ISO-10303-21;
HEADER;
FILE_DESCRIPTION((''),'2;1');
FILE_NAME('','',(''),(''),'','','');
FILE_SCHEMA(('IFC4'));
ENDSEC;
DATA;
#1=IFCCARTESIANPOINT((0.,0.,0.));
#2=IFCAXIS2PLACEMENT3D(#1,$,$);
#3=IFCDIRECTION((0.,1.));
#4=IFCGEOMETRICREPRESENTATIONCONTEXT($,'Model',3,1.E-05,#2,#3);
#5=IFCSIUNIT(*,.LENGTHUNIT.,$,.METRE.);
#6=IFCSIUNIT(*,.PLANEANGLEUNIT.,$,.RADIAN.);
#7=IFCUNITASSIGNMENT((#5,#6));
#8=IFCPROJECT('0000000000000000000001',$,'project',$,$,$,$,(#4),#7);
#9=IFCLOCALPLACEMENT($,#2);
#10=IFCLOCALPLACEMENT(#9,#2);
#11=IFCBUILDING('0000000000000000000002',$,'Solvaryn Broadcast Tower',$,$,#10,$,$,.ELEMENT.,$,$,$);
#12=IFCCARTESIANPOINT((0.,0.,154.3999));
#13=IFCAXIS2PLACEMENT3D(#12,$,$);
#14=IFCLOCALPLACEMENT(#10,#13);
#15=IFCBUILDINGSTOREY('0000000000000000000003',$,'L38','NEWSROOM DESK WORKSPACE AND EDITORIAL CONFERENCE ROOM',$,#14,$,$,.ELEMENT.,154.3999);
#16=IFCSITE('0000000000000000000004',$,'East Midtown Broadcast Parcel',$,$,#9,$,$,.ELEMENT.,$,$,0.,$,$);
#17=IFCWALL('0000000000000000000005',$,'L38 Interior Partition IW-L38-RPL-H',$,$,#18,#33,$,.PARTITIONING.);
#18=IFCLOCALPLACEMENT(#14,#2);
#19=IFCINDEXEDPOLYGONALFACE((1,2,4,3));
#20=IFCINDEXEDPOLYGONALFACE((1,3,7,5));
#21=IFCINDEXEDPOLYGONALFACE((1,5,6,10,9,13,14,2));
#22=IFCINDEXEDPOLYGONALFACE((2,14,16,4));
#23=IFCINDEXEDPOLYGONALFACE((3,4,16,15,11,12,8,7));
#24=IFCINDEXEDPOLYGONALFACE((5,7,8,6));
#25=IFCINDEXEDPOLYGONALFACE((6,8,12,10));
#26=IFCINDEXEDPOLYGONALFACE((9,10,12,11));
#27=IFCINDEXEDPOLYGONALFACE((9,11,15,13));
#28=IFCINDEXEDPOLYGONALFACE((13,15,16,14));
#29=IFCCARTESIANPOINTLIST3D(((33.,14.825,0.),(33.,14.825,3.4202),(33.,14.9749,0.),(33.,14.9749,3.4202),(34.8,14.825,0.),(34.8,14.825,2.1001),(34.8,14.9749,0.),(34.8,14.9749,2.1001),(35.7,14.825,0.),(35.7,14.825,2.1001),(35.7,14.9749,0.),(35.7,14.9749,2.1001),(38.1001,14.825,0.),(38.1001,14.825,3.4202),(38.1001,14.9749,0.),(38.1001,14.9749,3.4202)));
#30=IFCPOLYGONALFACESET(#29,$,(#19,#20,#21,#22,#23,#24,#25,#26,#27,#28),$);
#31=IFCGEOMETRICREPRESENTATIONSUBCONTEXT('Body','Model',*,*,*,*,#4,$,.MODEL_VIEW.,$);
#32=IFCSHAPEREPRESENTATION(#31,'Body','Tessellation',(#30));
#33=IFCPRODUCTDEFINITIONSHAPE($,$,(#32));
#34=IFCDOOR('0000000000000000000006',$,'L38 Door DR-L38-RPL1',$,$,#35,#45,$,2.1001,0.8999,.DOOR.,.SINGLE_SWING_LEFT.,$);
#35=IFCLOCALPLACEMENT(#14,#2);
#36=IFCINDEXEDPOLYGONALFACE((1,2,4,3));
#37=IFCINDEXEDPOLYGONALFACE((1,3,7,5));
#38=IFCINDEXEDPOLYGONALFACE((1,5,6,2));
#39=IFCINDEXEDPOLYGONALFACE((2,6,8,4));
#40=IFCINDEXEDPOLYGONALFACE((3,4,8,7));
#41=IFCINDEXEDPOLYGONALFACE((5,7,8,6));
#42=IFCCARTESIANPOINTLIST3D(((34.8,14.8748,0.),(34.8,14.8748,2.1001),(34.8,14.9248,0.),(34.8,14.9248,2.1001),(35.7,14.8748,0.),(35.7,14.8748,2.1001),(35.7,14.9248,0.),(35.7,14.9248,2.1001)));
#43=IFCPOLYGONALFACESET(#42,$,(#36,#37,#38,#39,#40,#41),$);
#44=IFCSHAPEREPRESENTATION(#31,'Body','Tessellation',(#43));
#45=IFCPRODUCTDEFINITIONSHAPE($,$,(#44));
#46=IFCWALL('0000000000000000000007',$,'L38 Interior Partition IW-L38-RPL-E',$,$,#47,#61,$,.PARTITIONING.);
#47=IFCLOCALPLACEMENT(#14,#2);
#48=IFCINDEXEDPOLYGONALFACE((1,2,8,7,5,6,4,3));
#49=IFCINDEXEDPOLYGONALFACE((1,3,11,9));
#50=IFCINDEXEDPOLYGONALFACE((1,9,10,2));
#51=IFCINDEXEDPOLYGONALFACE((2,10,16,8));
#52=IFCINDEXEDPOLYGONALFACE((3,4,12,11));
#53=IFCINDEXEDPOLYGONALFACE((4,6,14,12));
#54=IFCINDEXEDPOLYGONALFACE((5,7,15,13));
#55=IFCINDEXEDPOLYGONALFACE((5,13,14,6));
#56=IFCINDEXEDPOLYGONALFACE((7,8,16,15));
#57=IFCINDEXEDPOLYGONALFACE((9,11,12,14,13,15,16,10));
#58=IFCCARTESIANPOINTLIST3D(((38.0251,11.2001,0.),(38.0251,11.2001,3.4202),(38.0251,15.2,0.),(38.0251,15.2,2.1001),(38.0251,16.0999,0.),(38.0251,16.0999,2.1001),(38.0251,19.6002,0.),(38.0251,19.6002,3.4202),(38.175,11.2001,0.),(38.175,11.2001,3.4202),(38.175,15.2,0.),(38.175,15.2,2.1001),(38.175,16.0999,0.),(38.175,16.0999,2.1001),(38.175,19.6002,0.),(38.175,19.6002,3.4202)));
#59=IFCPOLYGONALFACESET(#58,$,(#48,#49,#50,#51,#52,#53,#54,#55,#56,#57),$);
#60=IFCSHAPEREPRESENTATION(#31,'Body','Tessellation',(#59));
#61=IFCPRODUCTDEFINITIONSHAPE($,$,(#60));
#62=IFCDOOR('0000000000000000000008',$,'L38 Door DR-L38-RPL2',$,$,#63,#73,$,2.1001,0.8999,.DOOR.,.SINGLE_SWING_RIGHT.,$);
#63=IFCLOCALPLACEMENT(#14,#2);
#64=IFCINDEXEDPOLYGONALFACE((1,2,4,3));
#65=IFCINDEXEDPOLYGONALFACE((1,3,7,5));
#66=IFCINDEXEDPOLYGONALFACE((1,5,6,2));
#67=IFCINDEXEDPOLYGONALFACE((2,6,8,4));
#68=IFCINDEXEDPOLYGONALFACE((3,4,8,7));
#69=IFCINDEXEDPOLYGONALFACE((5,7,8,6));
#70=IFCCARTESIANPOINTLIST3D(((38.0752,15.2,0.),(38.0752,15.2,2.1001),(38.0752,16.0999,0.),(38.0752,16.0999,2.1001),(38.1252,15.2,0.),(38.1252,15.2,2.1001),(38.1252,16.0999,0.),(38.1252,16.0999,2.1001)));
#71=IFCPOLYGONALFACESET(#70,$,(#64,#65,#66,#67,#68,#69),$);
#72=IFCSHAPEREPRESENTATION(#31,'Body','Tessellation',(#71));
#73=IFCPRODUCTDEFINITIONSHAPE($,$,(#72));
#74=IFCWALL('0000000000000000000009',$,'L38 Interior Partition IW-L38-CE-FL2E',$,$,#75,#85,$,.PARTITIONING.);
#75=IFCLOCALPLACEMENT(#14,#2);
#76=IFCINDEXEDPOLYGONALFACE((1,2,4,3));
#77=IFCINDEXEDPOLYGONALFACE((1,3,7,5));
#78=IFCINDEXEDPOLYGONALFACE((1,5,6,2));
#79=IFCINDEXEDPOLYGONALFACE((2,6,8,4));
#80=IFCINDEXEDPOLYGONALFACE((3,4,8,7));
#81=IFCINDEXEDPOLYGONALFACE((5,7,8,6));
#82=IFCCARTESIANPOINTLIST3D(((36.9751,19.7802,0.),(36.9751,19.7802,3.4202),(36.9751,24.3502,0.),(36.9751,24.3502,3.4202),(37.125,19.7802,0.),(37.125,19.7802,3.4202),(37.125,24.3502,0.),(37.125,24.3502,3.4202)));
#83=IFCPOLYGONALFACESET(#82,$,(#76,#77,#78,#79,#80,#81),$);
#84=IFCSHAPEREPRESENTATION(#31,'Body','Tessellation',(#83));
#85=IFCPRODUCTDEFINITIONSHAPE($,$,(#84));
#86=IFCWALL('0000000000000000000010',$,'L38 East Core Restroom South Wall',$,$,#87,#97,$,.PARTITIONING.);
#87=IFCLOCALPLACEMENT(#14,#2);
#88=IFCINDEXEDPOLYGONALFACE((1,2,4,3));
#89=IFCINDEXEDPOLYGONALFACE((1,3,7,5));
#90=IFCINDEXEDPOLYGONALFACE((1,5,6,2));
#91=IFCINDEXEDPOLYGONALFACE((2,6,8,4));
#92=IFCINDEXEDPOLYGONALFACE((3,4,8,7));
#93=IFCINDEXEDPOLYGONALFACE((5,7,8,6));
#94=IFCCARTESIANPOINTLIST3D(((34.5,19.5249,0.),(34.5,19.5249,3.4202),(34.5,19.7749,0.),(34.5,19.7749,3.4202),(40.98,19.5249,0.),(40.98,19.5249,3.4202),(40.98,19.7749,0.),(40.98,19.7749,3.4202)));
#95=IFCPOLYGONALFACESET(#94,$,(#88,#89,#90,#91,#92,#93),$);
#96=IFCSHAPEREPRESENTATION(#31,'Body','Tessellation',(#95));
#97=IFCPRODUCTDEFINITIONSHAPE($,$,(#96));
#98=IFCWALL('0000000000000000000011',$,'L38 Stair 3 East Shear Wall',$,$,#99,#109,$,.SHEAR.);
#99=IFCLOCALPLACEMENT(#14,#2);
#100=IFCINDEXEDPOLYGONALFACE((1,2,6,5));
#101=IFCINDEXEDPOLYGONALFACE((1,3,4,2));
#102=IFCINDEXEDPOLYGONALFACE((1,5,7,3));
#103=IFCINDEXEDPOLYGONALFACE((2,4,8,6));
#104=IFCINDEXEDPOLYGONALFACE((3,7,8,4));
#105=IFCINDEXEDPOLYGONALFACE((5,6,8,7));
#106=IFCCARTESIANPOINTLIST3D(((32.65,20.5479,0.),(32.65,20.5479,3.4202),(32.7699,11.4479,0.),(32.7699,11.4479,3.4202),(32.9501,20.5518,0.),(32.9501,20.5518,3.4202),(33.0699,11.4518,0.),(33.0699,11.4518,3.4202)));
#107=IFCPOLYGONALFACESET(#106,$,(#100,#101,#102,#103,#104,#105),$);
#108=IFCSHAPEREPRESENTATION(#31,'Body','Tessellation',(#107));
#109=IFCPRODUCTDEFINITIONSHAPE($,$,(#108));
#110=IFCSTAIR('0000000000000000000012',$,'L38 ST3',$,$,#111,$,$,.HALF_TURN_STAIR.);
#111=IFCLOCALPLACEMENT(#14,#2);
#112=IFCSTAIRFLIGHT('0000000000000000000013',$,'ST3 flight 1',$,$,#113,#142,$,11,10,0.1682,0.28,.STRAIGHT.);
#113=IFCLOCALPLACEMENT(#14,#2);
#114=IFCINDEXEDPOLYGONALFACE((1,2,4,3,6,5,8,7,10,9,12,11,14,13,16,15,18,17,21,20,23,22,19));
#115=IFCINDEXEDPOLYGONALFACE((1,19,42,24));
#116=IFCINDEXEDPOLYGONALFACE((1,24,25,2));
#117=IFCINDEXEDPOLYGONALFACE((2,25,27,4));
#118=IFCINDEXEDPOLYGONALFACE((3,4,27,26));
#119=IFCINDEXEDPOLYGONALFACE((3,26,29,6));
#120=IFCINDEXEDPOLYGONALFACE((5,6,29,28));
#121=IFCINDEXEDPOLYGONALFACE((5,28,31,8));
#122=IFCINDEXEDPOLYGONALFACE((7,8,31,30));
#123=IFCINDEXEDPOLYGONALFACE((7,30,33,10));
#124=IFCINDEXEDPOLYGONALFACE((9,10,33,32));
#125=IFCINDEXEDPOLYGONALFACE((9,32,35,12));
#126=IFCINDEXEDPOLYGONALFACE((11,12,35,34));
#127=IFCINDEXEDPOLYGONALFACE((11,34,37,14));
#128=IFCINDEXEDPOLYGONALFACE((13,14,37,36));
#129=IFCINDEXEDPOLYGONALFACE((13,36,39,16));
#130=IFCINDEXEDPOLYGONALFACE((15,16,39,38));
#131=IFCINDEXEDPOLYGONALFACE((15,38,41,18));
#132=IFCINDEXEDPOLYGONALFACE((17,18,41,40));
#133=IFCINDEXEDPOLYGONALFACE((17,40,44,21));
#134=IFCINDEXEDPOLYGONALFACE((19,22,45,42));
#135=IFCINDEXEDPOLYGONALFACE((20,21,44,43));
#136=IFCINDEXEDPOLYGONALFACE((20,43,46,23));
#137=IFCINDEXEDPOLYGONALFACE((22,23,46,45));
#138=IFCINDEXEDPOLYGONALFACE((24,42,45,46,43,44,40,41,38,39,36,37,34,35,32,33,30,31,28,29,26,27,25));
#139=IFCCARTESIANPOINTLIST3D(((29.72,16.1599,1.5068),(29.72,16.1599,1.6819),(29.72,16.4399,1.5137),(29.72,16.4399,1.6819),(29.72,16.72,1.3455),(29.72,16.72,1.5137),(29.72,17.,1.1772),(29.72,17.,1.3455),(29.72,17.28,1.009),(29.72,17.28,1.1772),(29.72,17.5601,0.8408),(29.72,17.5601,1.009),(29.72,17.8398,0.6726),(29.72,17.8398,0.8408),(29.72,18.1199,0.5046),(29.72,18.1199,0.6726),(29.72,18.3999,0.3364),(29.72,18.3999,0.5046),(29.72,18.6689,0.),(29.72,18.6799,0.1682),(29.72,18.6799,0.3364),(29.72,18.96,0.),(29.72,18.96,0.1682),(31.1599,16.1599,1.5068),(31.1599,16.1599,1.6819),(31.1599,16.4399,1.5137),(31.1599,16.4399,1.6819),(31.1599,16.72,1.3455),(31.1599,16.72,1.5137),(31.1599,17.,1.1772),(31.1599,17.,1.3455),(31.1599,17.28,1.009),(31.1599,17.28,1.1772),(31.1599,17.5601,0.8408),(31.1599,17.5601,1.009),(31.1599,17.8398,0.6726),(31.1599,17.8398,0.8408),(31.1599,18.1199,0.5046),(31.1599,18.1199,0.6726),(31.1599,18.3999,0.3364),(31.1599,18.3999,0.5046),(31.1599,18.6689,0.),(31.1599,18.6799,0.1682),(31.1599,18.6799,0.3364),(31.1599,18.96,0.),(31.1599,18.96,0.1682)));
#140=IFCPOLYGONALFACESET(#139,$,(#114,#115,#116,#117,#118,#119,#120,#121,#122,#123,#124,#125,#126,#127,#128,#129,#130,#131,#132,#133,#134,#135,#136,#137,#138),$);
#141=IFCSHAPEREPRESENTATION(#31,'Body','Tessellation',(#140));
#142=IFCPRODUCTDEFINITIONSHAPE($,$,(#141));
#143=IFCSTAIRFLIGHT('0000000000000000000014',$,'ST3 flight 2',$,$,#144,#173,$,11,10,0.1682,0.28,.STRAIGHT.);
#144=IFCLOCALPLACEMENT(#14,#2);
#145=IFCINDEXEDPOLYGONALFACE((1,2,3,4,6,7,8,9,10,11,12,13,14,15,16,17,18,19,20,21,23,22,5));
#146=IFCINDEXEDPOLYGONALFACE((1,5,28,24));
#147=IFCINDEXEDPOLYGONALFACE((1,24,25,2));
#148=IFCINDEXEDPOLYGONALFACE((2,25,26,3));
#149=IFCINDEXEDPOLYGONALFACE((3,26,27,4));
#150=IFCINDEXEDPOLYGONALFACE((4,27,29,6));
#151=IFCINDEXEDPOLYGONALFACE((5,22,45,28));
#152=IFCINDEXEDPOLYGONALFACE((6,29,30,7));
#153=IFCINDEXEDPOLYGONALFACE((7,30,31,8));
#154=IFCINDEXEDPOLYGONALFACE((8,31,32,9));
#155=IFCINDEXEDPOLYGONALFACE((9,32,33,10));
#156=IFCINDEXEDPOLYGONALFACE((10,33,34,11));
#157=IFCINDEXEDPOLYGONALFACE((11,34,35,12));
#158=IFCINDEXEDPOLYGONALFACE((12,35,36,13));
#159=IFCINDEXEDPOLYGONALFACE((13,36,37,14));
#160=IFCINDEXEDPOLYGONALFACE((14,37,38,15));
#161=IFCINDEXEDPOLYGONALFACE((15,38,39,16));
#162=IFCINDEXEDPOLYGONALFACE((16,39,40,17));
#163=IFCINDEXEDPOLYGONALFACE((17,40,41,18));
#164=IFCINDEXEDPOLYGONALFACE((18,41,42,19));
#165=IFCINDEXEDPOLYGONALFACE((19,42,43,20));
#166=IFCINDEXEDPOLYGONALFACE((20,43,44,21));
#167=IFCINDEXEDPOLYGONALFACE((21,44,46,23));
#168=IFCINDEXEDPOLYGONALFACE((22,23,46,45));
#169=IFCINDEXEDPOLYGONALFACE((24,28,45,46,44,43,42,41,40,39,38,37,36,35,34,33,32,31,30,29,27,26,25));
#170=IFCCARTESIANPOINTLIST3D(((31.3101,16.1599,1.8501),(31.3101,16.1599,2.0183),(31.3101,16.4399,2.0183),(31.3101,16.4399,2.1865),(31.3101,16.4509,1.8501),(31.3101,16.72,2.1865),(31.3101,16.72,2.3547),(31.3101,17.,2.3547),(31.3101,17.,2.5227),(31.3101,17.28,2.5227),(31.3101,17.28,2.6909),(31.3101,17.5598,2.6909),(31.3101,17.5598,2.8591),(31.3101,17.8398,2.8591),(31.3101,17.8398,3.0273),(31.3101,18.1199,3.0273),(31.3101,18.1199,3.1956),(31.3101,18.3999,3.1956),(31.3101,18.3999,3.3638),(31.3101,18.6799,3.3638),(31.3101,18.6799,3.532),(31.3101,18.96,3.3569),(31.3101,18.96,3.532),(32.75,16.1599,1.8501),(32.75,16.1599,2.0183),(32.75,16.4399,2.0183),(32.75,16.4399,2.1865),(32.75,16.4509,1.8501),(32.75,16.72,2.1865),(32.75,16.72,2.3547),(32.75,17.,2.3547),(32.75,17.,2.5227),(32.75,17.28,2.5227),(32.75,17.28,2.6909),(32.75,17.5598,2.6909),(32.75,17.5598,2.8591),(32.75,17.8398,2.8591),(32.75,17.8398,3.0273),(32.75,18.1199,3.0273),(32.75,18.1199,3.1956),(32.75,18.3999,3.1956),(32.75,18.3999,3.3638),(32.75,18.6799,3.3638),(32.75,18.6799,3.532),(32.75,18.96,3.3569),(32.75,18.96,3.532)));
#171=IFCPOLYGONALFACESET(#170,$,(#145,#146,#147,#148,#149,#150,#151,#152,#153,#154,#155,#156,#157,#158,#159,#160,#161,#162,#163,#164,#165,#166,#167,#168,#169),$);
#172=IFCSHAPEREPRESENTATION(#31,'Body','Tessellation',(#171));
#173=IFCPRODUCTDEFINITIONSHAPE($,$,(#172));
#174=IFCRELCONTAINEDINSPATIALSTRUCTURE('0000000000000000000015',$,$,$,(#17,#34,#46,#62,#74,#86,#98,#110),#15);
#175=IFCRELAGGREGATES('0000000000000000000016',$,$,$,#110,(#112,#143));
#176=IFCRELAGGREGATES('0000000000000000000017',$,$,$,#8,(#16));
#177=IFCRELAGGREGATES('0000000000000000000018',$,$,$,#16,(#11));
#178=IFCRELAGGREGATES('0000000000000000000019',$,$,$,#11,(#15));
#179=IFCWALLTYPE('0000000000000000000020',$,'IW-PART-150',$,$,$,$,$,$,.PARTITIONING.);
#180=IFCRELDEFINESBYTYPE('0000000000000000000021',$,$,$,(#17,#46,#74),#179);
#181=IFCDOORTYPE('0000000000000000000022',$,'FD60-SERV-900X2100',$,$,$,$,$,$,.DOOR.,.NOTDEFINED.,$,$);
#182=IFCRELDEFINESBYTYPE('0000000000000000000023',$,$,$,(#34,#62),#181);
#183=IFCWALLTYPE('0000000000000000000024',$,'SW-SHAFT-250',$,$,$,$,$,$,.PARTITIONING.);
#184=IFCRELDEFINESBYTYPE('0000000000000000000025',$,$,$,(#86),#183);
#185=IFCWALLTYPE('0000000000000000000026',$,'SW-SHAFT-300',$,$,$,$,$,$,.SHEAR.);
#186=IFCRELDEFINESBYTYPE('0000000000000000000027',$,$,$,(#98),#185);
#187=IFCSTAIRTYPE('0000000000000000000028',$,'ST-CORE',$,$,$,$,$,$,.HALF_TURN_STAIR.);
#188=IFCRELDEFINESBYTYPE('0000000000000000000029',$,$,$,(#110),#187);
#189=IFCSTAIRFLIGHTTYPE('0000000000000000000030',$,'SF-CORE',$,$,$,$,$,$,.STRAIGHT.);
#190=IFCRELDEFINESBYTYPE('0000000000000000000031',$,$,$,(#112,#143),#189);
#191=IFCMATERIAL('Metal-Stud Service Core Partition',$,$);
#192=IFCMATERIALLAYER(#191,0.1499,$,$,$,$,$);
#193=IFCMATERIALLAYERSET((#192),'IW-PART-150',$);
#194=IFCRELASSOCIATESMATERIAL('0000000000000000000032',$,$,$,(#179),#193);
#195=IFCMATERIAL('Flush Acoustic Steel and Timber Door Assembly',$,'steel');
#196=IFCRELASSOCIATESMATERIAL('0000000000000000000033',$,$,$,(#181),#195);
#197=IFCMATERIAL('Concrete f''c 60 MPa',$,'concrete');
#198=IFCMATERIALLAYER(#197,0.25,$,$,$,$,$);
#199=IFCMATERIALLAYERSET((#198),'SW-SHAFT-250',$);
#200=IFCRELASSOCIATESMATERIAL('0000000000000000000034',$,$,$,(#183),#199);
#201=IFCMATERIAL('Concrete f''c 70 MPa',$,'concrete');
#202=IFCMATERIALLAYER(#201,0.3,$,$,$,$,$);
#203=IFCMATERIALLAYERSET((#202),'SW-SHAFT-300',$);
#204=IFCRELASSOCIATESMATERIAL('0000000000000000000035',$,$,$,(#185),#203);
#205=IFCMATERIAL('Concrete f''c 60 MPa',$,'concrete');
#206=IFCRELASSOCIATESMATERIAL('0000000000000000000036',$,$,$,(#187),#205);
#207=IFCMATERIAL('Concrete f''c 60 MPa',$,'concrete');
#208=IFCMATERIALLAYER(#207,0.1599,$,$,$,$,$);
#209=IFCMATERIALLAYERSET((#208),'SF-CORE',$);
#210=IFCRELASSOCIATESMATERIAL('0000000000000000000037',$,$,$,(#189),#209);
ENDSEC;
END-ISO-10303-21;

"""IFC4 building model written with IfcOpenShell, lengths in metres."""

from ifc_helpers import new_model, si_unit, direction, frame, frame_2d, origin, place, context, subcontext, project, spatial, polyline, rectangle, outline, extrude, material, layer, layer_set, type_object, element, fill, aggregate, save


model = new_model("IFC4")

# Units and contexts
model_context = context("Model", 3, precision=1e-05, world=origin(), true_north=direction((0.0, 1.0)))
body_context = subcontext(model_context, "Body", "Model", "MODEL_VIEW")
ifc_project = project(units=[si_unit("LENGTHUNIT", "METRE"), si_unit("PLANEANGLEUNIT", "RADIAN")], contexts=[model_context])

# Site, building, storey
site_placement = place(None, origin())
site = spatial("IfcSite", under=ifc_project, at=site_placement, Name="East Midtown Broadcast Parcel", CompositionType="ELEMENT", RefElevation=0.0)
building_placement = place(site_placement, origin())
building = spatial("IfcBuilding", under=site, at=building_placement, Name="Solvaryn Broadcast Tower", CompositionType="ELEMENT")
storey_placement = place(building_placement, frame((0.0, 0.0, 154.3999)))
storey = spatial("IfcBuildingStorey", under=building, at=storey_placement, Name="L38", Description="NEWSROOM DESK WORKSPACE AND EDITORIAL CONFERENCE ROOM", CompositionType="ELEMENT", Elevation=154.3999)

# Walls, openings, doors
ifc_material_1 = material(Name="Metal-Stud Service Core Partition")
ifc_layer_1 = layer(ifc_material_1, 0.1499)
ifc_layer_set_1 = layer_set([ifc_layer_1], Name="IW-PART-150")
wall_type_1 = type_object("IfcWallType", Name="IW-PART-150", PredefinedType="PARTITIONING", material=ifc_layer_set_1)
wall_1_placement = place(storey_placement, frame((33.0, 14.8999, 0.0), z_axis=(0.0, 0.0, 1.0), x_axis=(1.0, 0.0, 0.0)))
wall_1 = element("IfcWall", 1, at=wall_1_placement, inside=storey, type_object=wall_type_1, Name="L38 Interior Partition IW-L38-RPL-H", PredefinedType="PARTITIONING", context=body_context, shape_type="SweptSolid", body=[
    extrude(rectangle(XDim=5.1001, YDim=0.1499, at=frame_2d((2.55, 0.0))), origin(), (0.0, 0.0, 1.0), 3.4202),
])
opening_1_placement = place(wall_1_placement, frame((1.8, 0.0, 0.0)))
opening_1 = element("IfcOpeningElement", 2, at=opening_1_placement, cuts=wall_1, PredefinedType="OPENING", context=body_context, shape_type="SweptSolid", body=[
    extrude(rectangle(XDim=0.8999, YDim=2.1001, at=frame_2d((0.45, 1.05))), frame((0.0, 0.085, 0.0), z_axis=(0.0, -1.0, 0.0), x_axis=(1.0, 0.0, 0.0)), (0.0, 0.0, 1.0), 0.1699),
])
ifc_material_2 = material(Name="Flush Acoustic Steel and Timber Door Assembly", Category="steel")
door_type_1 = type_object("IfcDoorType", Name="FD60-SERV-900X2100", OperationType="NOTDEFINED", PredefinedType="DOOR", material=ifc_material_2)
door_1_placement = place(opening_1_placement, origin())
door_1 = element("IfcDoor", 3, at=door_1_placement, inside=storey, type_object=door_type_1, Name="L38 Door DR-L38-RPL1", OperationType="SINGLE_SWING_LEFT", OverallHeight=2.1001, OverallWidth=0.8999, PredefinedType="DOOR", context=body_context, shape_type="SweptSolid", body=[
    extrude(rectangle(XDim=0.8999, YDim=2.1001, at=frame_2d((0.45, 1.05))), frame((0.0, 0.0249, 0.0), z_axis=(0.0, -1.0, 0.0), x_axis=(1.0, 0.0, 0.0)), (0.0, 0.0, 1.0), 0.05),
])
fill(opening_1, door_1)
wall_2_placement = place(storey_placement, frame((38.1001, 11.2, 0.0), z_axis=(0.0, 0.0, 1.0), x_axis=(0.0, 1.0, 0.0)))
wall_2 = element("IfcWall", 4, at=wall_2_placement, inside=storey, type_object=wall_type_1, Name="L38 Interior Partition IW-L38-RPL-E", PredefinedType="PARTITIONING", context=body_context, shape_type="SweptSolid", body=[
    extrude(rectangle(XDim=8.4001, YDim=0.1499, at=frame_2d((4.2002, 0.0))), origin(), (0.0, 0.0, 1.0), 3.4202),
])
opening_2_placement = place(wall_2_placement, frame((4.0, 0.0, 0.0)))
opening_2 = element("IfcOpeningElement", 5, at=opening_2_placement, cuts=wall_2, PredefinedType="OPENING", context=body_context, shape_type="SweptSolid", body=[
    extrude(rectangle(XDim=0.8999, YDim=2.1001, at=frame_2d((0.45, 1.05))), frame((0.0, 0.085, 0.0), z_axis=(0.0, -1.0, 0.0), x_axis=(1.0, 0.0, 0.0)), (0.0, 0.0, 1.0), 0.1699),
])
door_2_placement = place(opening_2_placement, origin())
door_2 = element("IfcDoor", 6, at=door_2_placement, inside=storey, type_object=door_type_1, Name="L38 Door DR-L38-RPL2", OperationType="SINGLE_SWING_RIGHT", OverallHeight=2.1001, OverallWidth=0.8999, PredefinedType="DOOR", context=body_context, shape_type="SweptSolid", body=[
    extrude(rectangle(XDim=0.8999, YDim=2.1001, at=frame_2d((0.45, 1.05))), frame((0.0, 0.0249, 0.0), z_axis=(0.0, -1.0, 0.0), x_axis=(1.0, 0.0, 0.0)), (0.0, 0.0, 1.0), 0.05),
])
fill(opening_2, door_2)

# Walls
wall_3_placement = place(storey_placement, frame((37.05, 19.78, 0.0), z_axis=(0.0, 0.0, 1.0), x_axis=(0.0, 1.0, 0.0)))
element("IfcWall", 7, at=wall_3_placement, inside=storey, type_object=wall_type_1, Name="L38 Interior Partition IW-L38-CE-FL2E", PredefinedType="PARTITIONING", context=body_context, shape_type="SweptSolid", body=[
    extrude(rectangle(XDim=4.5701, YDim=0.1499, at=frame_2d((2.2852, 0.0))), origin(), (0.0, 0.0, 1.0), 3.4202),
])
ifc_material_3 = material(Name="Concrete f'c 60 MPa", Category="concrete")
ifc_layer_2 = layer(ifc_material_3, 0.25)
ifc_layer_set_2 = layer_set([ifc_layer_2], Name="SW-SHAFT-250")
wall_type_2 = type_object("IfcWallType", Name="SW-SHAFT-250", PredefinedType="PARTITIONING", material=ifc_layer_set_2)
wall_4_placement = place(storey_placement, frame((34.5, 19.6499, 0.0), z_axis=(0.0, 0.0, 1.0), x_axis=(1.0, 0.0, 0.0)))
element("IfcWall", 8, at=wall_4_placement, inside=storey, type_object=wall_type_2, Name="L38 East Core Restroom South Wall", PredefinedType="PARTITIONING", context=body_context, shape_type="SweptSolid", body=[
    extrude(rectangle(XDim=6.48, YDim=0.25, at=frame_2d((3.24, 0.0))), origin(), (0.0, 0.0, 1.0), 3.4202),
])

# Wall
ifc_material_4 = material(Name="Concrete f'c 70 MPa", Category="concrete")
ifc_layer_3 = layer(ifc_material_4, 0.3)
ifc_layer_set_3 = layer_set([ifc_layer_3], Name="SW-SHAFT-300")
wall_type_3 = type_object("IfcWallType", Name="SW-SHAFT-300", PredefinedType="SHEAR", material=ifc_layer_set_3)
wall_5_placement = place(storey_placement, frame((32.9199, 11.45, 0.0), z_axis=(0.0, 0.0, 1.0), x_axis=(-0.013172, 0.999913, 0.0)))
element("IfcWall", 9, at=wall_5_placement, inside=storey, type_object=wall_type_3, Name="L38 Stair 3 East Shear Wall", PredefinedType="SHEAR", context=body_context, shape_type="SweptSolid", body=[
    extrude(rectangle(XDim=9.1008, YDim=0.3, at=frame_2d((4.5503, 0.0))), origin(), (0.0, 0.0, 1.0), 3.4202),
])

# Stair, stair flights
ifc_material_5 = material(Name="Concrete f'c 60 MPa", Category="concrete")
stair_type = type_object("IfcStairType", Name="ST-CORE", PredefinedType="HALF_TURN_STAIR", material=ifc_material_5)
stair_placement = place(storey_placement, origin())
stair = element("IfcStair", 10, at=stair_placement, inside=storey, type_object=stair_type, Name="L38 ST3", PredefinedType="HALF_TURN_STAIR")
ifc_material_6 = material(Name="Concrete f'c 60 MPa", Category="concrete")
ifc_layer_4 = layer(ifc_material_6, 0.1599)
ifc_layer_set_4 = layer_set([ifc_layer_4], Name="SF-CORE")
stair_flight_type = type_object("IfcStairFlightType", Name="SF-CORE", PredefinedType="STRAIGHT", material=ifc_layer_set_4)
stair_flight_1_placement = place(storey_placement, frame((30.4399, 18.96, 0.0), z_axis=(0.0, 0.0, 1.0), x_axis=(0.0, -1.0, 0.0)))
stair_flight_1 = element("IfcStairFlight", 11, at=stair_flight_1_placement, type_object=stair_flight_type, Name="ST3 flight 1", NumberOfRisers=11, NumberOfTreads=10, PredefinedType="STRAIGHT", RiserHeight=0.1682, TreadLength=0.28, context=body_context, shape_type="SweptSolid", body=[
    extrude(outline(polyline([(0.0, 0.0), (0.0, 0.1682), (0.28, 0.1682), (0.28, 0.3364), (0.5601, 0.3364), (0.5601, 0.5046), (0.8401, 0.5046), (0.8401, 0.6726), (1.1201, 0.6726), (1.1201, 0.8408), (1.3999, 0.8408), (1.3999, 1.009), (1.6799, 1.009), (1.6799, 1.1772), (1.96, 1.1772), (1.96, 1.3455), (2.24, 1.3455), (2.24, 1.5137), (2.52, 1.5137), (2.52, 1.6819), (2.8, 1.6819), (2.8, 1.8501), (2.8, 1.5068), (0.291, 0.0), (0.0, 0.0)])), frame((0.0, 0.72, 0.0), z_axis=(0.0, -1.0, 0.0), x_axis=(1.0, 0.0, 0.0)), (0.0, 0.0, 1.0), 1.4399),
])
stair_flight_2_placement = place(storey_placement, frame((32.03, 16.1599, 1.8501), z_axis=(0.0, 0.0, 1.0), x_axis=(0.0, 1.0, 0.0)))
stair_flight_2 = element("IfcStairFlight", 12, at=stair_flight_2_placement, type_object=stair_flight_type, Name="ST3 flight 2", NumberOfRisers=11, NumberOfTreads=10, PredefinedType="STRAIGHT", RiserHeight=0.1682, TreadLength=0.28, context=body_context, shape_type="SweptSolid", body=[
    extrude(outline(polyline([(0.0, 0.0), (0.0, 0.1682), (0.28, 0.1682), (0.28, 0.3364), (0.5601, 0.3364), (0.5601, 0.5046), (0.8401, 0.5046), (0.8401, 0.6726), (1.1201, 0.6726), (1.1201, 0.8408), (1.3999, 0.8408), (1.3999, 1.009), (1.6799, 1.009), (1.6799, 1.1772), (1.96, 1.1772), (1.96, 1.3455), (2.24, 1.3455), (2.24, 1.5137), (2.52, 1.5137), (2.52, 1.6819), (2.8, 1.6819), (2.8, 1.8501), (2.8, 1.5068), (0.291, 0.0), (0.0, 0.0)])), frame((0.0, 0.72, 0.0), z_axis=(0.0, -1.0, 0.0), x_axis=(1.0, 0.0, 0.0)), (0.0, 0.0, 1.0), 1.4399),
])
aggregate(stair, [stair_flight_1, stair_flight_2])

save(model, "model.ifc")
